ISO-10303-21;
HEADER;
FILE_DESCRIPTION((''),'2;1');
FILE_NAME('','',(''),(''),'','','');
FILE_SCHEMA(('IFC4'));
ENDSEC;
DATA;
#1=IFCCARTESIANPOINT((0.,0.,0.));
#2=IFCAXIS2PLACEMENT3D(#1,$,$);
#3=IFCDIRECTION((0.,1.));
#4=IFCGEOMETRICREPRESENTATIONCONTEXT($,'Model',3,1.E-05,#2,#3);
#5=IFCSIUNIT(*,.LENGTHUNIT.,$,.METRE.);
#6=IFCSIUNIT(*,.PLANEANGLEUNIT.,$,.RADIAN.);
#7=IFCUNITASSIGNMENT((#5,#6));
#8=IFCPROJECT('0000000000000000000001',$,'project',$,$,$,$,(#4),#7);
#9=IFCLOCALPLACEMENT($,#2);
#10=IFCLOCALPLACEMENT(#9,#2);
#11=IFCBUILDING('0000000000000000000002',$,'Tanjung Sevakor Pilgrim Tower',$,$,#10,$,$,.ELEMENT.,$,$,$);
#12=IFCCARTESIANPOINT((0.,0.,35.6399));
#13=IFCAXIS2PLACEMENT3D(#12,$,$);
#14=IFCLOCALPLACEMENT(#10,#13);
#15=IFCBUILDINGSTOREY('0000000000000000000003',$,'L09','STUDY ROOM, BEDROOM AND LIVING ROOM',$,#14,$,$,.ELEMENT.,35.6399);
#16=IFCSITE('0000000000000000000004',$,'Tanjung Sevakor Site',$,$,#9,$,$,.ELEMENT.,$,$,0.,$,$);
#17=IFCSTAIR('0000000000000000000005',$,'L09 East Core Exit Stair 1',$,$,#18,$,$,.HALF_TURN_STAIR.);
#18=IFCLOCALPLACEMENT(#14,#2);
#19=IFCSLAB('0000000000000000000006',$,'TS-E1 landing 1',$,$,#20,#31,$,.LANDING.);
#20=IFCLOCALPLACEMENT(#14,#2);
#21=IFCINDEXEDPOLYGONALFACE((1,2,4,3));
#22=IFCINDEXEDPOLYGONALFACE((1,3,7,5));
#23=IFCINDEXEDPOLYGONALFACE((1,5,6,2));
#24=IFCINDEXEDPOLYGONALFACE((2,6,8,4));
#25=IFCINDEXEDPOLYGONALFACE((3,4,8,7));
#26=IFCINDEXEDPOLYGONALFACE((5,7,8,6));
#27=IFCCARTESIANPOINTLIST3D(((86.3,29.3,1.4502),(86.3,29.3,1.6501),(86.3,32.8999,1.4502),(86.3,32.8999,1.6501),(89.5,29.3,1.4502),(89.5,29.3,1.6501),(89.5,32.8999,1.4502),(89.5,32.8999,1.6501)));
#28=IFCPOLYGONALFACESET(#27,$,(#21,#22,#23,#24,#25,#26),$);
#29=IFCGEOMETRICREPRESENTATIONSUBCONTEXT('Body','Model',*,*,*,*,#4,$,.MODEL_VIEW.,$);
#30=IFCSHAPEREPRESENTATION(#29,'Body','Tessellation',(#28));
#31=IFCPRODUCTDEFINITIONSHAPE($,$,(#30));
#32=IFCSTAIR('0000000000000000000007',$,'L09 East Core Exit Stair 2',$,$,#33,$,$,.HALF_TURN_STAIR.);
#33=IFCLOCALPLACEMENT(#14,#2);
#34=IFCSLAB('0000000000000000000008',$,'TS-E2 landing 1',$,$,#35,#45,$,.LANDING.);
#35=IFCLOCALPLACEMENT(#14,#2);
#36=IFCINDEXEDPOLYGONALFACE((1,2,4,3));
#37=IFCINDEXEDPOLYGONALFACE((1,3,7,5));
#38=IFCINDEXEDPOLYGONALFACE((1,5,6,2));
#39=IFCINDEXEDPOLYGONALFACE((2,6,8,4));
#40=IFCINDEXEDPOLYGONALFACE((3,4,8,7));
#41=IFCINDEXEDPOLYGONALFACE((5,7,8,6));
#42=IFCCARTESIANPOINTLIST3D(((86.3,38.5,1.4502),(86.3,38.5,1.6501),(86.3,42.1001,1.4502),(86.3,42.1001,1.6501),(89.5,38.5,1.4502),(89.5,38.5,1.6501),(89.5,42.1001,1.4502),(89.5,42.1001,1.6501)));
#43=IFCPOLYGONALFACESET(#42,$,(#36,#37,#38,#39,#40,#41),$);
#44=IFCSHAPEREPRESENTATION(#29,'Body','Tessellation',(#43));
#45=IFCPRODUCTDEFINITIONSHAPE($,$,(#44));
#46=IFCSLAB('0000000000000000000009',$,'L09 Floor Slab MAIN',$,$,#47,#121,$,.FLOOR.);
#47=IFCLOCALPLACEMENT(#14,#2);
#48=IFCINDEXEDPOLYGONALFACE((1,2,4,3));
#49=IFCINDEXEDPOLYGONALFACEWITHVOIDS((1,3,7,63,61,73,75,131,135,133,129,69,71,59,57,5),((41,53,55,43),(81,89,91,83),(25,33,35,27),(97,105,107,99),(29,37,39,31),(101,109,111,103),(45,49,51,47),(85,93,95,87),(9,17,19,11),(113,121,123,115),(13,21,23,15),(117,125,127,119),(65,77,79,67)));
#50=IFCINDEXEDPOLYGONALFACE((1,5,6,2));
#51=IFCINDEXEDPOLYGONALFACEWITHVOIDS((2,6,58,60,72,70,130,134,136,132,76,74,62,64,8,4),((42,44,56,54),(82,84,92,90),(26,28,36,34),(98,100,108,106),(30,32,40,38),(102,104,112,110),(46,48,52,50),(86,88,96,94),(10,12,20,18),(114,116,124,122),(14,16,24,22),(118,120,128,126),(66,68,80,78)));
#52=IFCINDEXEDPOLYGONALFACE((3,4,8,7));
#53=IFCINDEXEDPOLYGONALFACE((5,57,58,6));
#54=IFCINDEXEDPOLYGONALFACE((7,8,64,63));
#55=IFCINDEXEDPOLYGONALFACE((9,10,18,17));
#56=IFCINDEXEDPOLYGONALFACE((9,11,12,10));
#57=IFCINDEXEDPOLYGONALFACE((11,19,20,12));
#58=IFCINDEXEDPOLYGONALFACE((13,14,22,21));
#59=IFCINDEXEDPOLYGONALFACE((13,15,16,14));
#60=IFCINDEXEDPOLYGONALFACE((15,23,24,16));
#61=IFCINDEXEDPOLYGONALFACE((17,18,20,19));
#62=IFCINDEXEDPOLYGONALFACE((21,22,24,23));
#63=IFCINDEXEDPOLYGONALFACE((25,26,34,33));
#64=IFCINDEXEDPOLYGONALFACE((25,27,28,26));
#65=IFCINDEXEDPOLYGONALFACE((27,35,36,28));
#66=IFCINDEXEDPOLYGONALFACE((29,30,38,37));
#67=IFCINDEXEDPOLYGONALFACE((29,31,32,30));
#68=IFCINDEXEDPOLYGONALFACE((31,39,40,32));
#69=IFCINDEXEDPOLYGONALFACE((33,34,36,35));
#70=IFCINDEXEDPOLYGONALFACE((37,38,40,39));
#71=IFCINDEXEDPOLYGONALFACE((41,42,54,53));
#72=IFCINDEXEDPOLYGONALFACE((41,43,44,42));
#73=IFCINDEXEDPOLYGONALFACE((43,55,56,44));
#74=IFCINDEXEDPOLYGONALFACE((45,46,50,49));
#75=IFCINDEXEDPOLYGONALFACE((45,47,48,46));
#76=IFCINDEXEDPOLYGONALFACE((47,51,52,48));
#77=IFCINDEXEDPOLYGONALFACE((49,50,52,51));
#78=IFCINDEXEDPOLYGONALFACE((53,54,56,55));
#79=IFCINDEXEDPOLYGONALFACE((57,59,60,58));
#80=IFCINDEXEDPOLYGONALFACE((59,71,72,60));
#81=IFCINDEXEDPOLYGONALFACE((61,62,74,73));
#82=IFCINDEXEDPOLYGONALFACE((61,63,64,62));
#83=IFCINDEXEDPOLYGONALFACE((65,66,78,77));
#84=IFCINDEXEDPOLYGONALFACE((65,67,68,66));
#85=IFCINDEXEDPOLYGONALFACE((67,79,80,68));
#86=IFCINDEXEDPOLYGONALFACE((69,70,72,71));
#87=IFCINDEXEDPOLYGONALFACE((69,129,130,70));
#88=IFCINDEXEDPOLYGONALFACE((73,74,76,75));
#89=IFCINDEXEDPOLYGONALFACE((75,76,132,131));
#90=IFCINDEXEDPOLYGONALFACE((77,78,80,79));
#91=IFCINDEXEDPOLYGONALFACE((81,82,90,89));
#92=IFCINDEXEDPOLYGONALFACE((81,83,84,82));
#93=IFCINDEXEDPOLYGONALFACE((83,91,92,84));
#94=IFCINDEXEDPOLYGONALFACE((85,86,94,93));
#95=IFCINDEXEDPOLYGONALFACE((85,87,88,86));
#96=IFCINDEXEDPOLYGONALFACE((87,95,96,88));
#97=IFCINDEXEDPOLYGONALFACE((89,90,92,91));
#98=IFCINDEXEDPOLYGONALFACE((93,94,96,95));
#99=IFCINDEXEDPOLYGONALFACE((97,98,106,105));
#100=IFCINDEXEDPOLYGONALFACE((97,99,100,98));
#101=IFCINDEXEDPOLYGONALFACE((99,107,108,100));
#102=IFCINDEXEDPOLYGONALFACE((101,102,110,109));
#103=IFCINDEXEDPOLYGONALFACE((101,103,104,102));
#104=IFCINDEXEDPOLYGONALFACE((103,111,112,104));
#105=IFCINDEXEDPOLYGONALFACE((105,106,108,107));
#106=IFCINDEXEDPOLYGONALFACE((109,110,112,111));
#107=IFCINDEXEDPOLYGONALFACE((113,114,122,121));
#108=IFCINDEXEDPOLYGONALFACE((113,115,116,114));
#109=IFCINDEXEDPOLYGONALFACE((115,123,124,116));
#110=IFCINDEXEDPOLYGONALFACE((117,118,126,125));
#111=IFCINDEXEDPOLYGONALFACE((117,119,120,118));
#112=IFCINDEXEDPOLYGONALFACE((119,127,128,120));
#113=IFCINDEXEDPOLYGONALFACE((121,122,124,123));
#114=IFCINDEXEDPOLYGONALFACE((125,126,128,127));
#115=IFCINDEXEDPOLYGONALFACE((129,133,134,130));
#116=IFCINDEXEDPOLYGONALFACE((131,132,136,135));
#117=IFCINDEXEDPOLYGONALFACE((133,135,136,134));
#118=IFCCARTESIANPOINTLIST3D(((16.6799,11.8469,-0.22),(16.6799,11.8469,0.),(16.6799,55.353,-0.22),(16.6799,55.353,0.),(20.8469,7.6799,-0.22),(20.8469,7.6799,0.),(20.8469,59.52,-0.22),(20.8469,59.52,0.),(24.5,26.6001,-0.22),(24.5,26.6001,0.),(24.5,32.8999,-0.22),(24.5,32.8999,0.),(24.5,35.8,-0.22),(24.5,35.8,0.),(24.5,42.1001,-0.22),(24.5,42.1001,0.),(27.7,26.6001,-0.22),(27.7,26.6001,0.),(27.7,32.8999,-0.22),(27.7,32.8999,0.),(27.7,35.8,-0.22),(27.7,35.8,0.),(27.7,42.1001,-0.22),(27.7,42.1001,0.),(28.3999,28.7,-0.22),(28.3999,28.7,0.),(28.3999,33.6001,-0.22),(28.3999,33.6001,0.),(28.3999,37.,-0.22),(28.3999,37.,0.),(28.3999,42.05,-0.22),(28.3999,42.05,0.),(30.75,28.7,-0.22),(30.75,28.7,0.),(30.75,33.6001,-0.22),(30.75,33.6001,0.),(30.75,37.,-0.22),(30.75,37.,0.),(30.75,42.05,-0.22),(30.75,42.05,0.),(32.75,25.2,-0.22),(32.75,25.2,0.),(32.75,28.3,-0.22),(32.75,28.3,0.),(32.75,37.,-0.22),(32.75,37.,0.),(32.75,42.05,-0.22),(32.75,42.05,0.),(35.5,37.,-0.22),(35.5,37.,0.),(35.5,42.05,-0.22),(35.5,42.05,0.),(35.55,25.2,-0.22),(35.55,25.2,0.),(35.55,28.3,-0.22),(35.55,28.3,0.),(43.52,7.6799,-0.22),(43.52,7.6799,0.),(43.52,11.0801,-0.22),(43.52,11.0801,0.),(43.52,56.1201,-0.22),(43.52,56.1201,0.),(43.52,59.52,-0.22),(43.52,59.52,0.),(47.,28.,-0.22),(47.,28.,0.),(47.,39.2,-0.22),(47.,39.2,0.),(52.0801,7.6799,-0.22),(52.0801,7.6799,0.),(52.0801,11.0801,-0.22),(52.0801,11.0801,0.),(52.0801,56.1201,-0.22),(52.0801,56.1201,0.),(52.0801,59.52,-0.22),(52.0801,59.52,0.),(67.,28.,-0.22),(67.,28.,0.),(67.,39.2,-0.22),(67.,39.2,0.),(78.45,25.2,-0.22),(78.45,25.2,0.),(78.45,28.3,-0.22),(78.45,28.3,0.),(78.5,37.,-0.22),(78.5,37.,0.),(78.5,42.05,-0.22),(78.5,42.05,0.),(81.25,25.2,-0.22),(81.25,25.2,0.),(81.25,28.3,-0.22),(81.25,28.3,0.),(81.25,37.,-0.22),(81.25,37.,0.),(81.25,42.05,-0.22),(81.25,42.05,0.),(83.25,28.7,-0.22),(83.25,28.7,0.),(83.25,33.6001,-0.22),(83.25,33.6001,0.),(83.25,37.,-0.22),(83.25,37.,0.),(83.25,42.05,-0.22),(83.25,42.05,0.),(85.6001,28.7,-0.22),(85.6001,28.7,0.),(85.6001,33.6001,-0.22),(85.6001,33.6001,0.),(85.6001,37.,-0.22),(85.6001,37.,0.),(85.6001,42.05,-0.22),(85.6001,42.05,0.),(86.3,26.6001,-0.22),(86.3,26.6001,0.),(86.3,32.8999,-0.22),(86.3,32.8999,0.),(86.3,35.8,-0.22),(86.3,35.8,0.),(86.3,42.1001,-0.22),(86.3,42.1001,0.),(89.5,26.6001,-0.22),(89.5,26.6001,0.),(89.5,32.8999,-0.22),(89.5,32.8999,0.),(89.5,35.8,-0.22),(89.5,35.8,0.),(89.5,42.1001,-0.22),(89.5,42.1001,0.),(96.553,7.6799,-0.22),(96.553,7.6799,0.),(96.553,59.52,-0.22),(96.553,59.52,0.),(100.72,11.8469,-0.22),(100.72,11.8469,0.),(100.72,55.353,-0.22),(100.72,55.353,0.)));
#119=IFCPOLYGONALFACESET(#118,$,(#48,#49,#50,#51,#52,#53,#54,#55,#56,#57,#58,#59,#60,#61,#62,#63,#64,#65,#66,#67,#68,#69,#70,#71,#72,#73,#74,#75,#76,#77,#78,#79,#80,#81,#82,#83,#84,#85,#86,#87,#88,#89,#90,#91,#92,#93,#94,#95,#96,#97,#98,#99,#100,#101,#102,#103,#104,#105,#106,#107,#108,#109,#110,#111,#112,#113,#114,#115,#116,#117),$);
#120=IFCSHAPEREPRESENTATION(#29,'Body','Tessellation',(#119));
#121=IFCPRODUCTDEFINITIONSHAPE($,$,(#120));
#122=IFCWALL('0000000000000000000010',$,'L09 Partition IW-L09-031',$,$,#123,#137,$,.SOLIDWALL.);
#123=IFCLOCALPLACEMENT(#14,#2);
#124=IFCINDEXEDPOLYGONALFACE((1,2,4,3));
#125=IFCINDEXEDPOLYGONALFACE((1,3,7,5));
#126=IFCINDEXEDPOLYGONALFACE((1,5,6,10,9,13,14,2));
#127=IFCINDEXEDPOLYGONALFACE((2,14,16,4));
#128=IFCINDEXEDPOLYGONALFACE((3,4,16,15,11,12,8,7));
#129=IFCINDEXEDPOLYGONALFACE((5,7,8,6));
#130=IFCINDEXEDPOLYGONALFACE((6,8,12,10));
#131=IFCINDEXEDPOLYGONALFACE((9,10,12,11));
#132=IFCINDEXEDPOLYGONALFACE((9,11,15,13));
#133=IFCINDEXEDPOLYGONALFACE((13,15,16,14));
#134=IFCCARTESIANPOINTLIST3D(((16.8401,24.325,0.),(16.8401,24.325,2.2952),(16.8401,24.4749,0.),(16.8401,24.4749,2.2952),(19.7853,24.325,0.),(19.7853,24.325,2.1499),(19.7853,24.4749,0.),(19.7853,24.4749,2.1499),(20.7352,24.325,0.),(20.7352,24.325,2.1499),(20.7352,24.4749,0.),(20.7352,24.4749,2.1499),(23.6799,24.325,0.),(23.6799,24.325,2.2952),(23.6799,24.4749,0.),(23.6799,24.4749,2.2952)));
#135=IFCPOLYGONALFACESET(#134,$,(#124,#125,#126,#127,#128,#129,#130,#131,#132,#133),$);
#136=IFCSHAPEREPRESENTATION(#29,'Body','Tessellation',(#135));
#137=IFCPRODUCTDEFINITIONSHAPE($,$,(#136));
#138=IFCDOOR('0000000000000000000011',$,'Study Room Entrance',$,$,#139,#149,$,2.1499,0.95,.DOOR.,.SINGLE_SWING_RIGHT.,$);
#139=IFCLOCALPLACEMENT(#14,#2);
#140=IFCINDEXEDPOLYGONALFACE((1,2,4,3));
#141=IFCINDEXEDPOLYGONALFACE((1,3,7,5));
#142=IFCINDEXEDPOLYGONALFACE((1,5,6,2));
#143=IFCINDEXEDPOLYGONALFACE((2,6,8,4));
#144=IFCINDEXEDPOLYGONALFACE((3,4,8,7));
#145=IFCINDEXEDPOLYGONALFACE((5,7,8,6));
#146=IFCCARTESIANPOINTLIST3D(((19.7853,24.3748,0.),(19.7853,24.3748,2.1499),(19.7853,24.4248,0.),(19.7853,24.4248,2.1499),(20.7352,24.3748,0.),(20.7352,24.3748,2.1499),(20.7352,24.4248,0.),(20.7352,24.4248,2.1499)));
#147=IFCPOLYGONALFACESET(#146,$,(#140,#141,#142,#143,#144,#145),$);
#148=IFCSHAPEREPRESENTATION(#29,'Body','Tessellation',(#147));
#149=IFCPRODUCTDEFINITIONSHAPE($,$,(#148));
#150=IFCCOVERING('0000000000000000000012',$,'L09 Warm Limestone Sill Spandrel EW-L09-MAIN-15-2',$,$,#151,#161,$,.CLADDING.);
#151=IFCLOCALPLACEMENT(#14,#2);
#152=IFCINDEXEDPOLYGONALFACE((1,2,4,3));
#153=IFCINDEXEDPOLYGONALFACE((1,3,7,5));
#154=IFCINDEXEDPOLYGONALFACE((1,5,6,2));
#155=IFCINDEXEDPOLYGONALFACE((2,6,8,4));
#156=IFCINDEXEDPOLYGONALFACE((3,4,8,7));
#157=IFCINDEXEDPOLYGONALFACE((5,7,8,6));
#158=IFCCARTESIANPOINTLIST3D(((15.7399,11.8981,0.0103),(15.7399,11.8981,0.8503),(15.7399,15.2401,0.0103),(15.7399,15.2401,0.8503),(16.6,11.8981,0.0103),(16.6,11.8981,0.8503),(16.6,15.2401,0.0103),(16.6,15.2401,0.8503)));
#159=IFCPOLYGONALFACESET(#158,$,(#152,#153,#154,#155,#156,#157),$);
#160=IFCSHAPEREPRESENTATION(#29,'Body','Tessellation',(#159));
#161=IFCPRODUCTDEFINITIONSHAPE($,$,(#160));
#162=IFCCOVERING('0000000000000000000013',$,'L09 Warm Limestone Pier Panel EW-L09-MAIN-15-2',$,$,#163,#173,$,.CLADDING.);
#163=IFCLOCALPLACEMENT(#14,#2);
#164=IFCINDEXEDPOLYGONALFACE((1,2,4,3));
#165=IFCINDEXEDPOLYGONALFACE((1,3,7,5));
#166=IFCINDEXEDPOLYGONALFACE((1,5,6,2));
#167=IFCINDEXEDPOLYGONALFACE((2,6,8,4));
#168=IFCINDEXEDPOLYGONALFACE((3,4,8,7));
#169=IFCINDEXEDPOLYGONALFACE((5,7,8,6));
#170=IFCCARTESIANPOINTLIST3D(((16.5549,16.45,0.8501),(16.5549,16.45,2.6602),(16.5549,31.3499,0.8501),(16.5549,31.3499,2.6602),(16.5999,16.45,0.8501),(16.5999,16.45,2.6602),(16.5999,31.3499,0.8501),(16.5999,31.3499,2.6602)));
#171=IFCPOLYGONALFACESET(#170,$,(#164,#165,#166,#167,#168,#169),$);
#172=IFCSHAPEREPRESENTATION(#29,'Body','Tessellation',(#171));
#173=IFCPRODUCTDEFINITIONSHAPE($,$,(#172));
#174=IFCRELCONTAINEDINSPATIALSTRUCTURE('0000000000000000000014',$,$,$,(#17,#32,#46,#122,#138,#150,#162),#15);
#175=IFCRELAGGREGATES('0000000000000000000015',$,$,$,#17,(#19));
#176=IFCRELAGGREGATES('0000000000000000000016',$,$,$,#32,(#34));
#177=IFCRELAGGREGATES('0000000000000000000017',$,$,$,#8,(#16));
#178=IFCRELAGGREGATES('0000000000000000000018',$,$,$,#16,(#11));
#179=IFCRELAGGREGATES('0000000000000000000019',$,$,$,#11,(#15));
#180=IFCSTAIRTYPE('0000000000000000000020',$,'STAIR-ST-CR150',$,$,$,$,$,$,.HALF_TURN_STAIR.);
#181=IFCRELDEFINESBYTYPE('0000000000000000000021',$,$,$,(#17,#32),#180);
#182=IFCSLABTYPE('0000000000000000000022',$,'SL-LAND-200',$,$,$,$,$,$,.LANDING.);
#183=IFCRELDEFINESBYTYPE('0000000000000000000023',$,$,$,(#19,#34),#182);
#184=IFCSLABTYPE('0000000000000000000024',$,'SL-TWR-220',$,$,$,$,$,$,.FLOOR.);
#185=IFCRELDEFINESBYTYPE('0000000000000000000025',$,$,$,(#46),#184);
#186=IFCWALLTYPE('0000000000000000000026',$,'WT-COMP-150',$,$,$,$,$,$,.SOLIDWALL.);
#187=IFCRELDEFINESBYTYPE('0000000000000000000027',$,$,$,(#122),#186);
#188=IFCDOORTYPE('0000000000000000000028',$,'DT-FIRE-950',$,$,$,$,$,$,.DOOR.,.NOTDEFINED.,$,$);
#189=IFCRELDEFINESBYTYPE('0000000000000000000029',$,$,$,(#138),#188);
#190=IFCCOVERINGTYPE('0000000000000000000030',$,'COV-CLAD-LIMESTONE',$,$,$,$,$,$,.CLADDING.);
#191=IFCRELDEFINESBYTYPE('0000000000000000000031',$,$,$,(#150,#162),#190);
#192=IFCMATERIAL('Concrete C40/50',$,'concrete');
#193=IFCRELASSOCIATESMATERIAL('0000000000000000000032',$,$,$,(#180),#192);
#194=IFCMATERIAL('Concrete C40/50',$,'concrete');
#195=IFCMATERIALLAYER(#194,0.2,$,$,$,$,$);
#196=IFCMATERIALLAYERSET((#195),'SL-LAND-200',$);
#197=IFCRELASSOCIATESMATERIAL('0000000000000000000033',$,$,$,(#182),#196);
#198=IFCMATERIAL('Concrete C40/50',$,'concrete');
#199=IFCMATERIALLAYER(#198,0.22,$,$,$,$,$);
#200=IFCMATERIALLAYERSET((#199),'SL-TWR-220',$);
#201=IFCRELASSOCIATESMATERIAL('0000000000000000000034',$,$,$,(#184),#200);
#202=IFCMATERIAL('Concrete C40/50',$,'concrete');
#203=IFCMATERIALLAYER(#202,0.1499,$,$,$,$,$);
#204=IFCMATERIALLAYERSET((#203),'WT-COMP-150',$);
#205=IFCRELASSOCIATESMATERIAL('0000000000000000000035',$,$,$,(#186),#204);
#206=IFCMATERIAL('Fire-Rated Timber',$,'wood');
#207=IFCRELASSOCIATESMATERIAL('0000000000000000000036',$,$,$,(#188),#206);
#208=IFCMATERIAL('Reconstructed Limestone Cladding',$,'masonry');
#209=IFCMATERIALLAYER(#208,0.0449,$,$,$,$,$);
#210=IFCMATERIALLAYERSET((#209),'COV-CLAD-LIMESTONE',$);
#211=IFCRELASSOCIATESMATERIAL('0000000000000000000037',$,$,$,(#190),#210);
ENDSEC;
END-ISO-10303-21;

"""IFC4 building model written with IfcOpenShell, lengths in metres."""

from ifc_helpers import new_model, si_unit, direction, frame, frame_2d, origin, origin_2d, place, context, subcontext, project, spatial, polyline, rectangle, outline, extrude, material, layer, layer_set, type_object, element, fill, aggregate, save


model = new_model("IFC4")

# Units and contexts
model_context = context("Model", 3, precision=1e-05, world=origin(), true_north=direction((0.0, 1.0)))
body_context = subcontext(model_context, "Body", "Model", "MODEL_VIEW")
ifc_project = project(units=[si_unit("LENGTHUNIT", "METRE"), si_unit("PLANEANGLEUNIT", "RADIAN")], contexts=[model_context])

# Site, building, storey
site_placement = place(None, origin())
site = spatial("IfcSite", under=ifc_project, at=site_placement, Name="Tanjung Sevakor Site", CompositionType="ELEMENT", RefElevation=0.0)
building_placement = place(site_placement, origin())
building = spatial("IfcBuilding", under=site, at=building_placement, Name="Tanjung Sevakor Pilgrim Tower", CompositionType="ELEMENT")
storey_placement = place(building_placement, frame((0.0, 0.0, 35.6399)))
storey = spatial("IfcBuildingStorey", under=building, at=storey_placement, Name="L09", Description="STUDY ROOM, BEDROOM AND LIVING ROOM", CompositionType="ELEMENT", Elevation=35.6399)

# Stairs, slabs
ifc_material_1 = material(Name="Concrete C40/50", Category="concrete")
stair_type = type_object("IfcStairType", Name="STAIR-ST-CR150", PredefinedType="HALF_TURN_STAIR", material=ifc_material_1)
ifc_material_2 = material(Name="Concrete C40/50", Category="concrete")
ifc_layer_1 = layer(ifc_material_2, 0.2)
ifc_layer_set_1 = layer_set([ifc_layer_1], Name="SL-LAND-200")
slab_type_1 = type_object("IfcSlabType", Name="SL-LAND-200", PredefinedType="LANDING", material=ifc_layer_set_1)
stair_1_placement = place(storey_placement, origin())
stair_1 = element("IfcStair", 1, at=stair_1_placement, inside=storey, type_object=stair_type, Name="L09 East Core Exit Stair 1", PredefinedType="HALF_TURN_STAIR")
slab_1_placement = place(storey_placement, frame((0.0, 0.0, 1.4502)))
slab_1 = element("IfcSlab", 2, at=slab_1_placement, type_object=slab_type_1, Name="TS-E1 landing 1", PredefinedType="LANDING", context=body_context, shape_type="SweptSolid", body=[
    extrude(outline(polyline([(89.5, 29.3), (89.5, 32.8999), (86.3, 32.8999), (86.3, 29.3), (89.5, 29.3)])), origin(), (0.0, 0.0, 1.0), 0.2),
])
aggregate(stair_1, [slab_1])
stair_2_placement = place(storey_placement, origin())
stair_2 = element("IfcStair", 3, at=stair_2_placement, inside=storey, type_object=stair_type, Name="L09 East Core Exit Stair 2", PredefinedType="HALF_TURN_STAIR")
slab_2_placement = place(storey_placement, frame((0.0, 0.0, 1.4502)))
slab_2 = element("IfcSlab", 4, at=slab_2_placement, type_object=slab_type_1, Name="TS-E2 landing 1", PredefinedType="LANDING", context=body_context, shape_type="SweptSolid", body=[
    extrude(outline(polyline([(89.5, 38.5), (89.5, 42.1001), (86.3, 42.1001), (86.3, 38.5), (89.5, 38.5)])), origin(), (0.0, 0.0, 1.0), 0.2),
])
aggregate(stair_2, [slab_2])

# Slab
ifc_material_3 = material(Name="Concrete C40/50", Category="concrete")
ifc_layer_2 = layer(ifc_material_3, 0.22)
ifc_layer_set_2 = layer_set([ifc_layer_2], Name="SL-TWR-220")
slab_type_2 = type_object("IfcSlabType", Name="SL-TWR-220", PredefinedType="FLOOR", material=ifc_layer_set_2)
slab_3_placement = place(storey_placement, frame((0.0, 0.0, -0.22)))
element("IfcSlab", 5, at=slab_3_placement, inside=storey, type_object=slab_type_2, Name="L09 Floor Slab MAIN", PredefinedType="FLOOR", context=body_context, shape_type="SweptSolid", body=[
    extrude(outline(polyline([(20.8469, 7.6799), (43.52, 7.6799), (43.52, 11.0801), (52.0801, 11.0801), (52.0801, 7.6799), (96.553, 7.6799), (100.72, 11.8469), (100.72, 55.353), (96.553, 59.52), (52.0801, 59.52), (52.0801, 56.1201), (43.52, 56.1201), (43.52, 59.52), (20.8469, 59.52), (16.6799, 55.353), (16.6799, 11.8469), (20.8469, 7.6799)]), holes=[polyline([(27.7, 26.6001), (27.7, 32.8999), (24.5, 32.8999), (24.5, 26.6001), (27.7, 26.6001)]), polyline([(27.7, 35.8), (27.7, 42.1001), (24.5, 42.1001), (24.5, 35.8), (27.7, 35.8)]), polyline([(89.5, 26.6001), (89.5, 32.8999), (86.3, 32.8999), (86.3, 26.6001), (89.5, 26.6001)]), polyline([(89.5, 35.8), (89.5, 42.1001), (86.3, 42.1001), (86.3, 35.8), (89.5, 35.8)]), polyline([(32.75, 25.2), (35.55, 25.2), (35.55, 28.3), (32.75, 28.3), (32.75, 25.2)]), polyline([(28.3999, 28.7), (30.75, 28.7), (30.75, 33.6001), (28.3999, 33.6001), (28.3999, 28.7)]), polyline([(28.3999, 37.0), (30.75, 37.0), (30.75, 42.05), (28.3999, 42.05), (28.3999, 37.0)]), polyline([(32.75, 37.0), (35.5, 37.0), (35.5, 42.05), (32.75, 42.05), (32.75, 37.0)]), polyline([(78.45, 25.2), (81.25, 25.2), (81.25, 28.3), (78.45, 28.3), (78.45, 25.2)]), polyline([(83.25, 28.7), (85.6001, 28.7), (85.6001, 33.6001), (83.25, 33.6001), (83.25, 28.7)]), polyline([(83.25, 37.0), (85.6001, 37.0), (85.6001, 42.05), (83.25, 42.05), (83.25, 37.0)]), polyline([(78.5, 37.0), (81.25, 37.0), (81.25, 42.05), (78.5, 42.05), (78.5, 37.0)]), polyline([(47.0, 28.0), (67.0, 28.0), (67.0, 39.2), (47.0, 39.2), (47.0, 28.0)])]), origin(), (0.0, 0.0, 1.0), 0.22),
])

# Wall, opening, door
ifc_material_4 = material(Name="Concrete C40/50", Category="concrete")
ifc_layer_3 = layer(ifc_material_4, 0.1499)
ifc_layer_set_3 = layer_set([ifc_layer_3], Name="WT-COMP-150")
wall_type = type_object("IfcWallType", Name="WT-COMP-150", PredefinedType="SOLIDWALL", material=ifc_layer_set_3)
wall_placement = place(storey_placement, frame((16.8401, 24.3999, 0.0), z_axis=(0.0, 0.0, 1.0), x_axis=(1.0, 0.0, 0.0)))
wall = element("IfcWall", 6, at=wall_placement, inside=storey, type_object=wall_type, Name="L09 Partition IW-L09-031", PredefinedType="SOLIDWALL", context=body_context, shape_type="SweptSolid", body=[
    extrude(rectangle(XDim=6.8398, YDim=0.1499, at=frame_2d((3.4199, 0.0))), origin(), (0.0, 0.0, 1.0), 2.2952),
])
opening_placement = place(wall_placement, frame((2.9451, 0.0, 0.0)))
opening = element("IfcOpeningElement", 7, at=opening_placement, cuts=wall, PredefinedType="OPENING", context=body_context, shape_type="SweptSolid", body=[
    extrude(rectangle(XDim=0.95, YDim=2.1499, at=frame_2d((0.4751, 1.075))), frame((0.0, 0.085, 0.0), z_axis=(0.0, -1.0, 0.0), x_axis=(1.0, 0.0, 0.0)), (0.0, 0.0, 1.0), 0.1699),
])
ifc_material_5 = material(Name="Fire-Rated Timber", Category="wood")
door_type = type_object("IfcDoorType", Name="DT-FIRE-950", OperationType="NOTDEFINED", PredefinedType="DOOR", material=ifc_material_5)
door_placement = place(opening_placement, origin())
door = element("IfcDoor", 8, at=door_placement, inside=storey, type_object=door_type, Name="Study Room Entrance", OperationType="SINGLE_SWING_RIGHT", OverallHeight=2.1499, OverallWidth=0.95, PredefinedType="DOOR", context=body_context, shape_type="SweptSolid", body=[
    extrude(rectangle(XDim=0.95, YDim=2.1499, at=frame_2d((0.4751, 1.075))), frame((0.0, 0.0249, 0.0), z_axis=(0.0, -1.0, 0.0), x_axis=(1.0, 0.0, 0.0)), (0.0, 0.0, 1.0), 0.05),
])
fill(opening, door)

# Coverings
ifc_material_6 = material(Name="Reconstructed Limestone Cladding", Category="masonry")
ifc_layer_4 = layer(ifc_material_6, 0.0449)
ifc_layer_set_4 = layer_set([ifc_layer_4], Name="COV-CLAD-LIMESTONE")
covering_type_1 = type_object("IfcCoveringType", Name="COV-CLAD-LIMESTONE", PredefinedType="CLADDING", material=ifc_layer_set_4)
covering_1_placement = place(storey_placement, frame((16.1699, 13.5691, 0.0103), z_axis=(0.0, 0.0, 1.0), x_axis=(0.0, -1.0, 0.0)))
element("IfcCovering", 9, at=covering_1_placement, inside=storey, type_object=covering_type_1, Name="L09 Warm Limestone Sill Spandrel EW-L09-MAIN-15-2", PredefinedType="CLADDING", context=body_context, shape_type="SweptSolid", body=[
    extrude(rectangle(XDim=3.342, YDim=0.8601, at=origin_2d()), origin(), (0.0, 0.0, 1.0), 0.8401),
])
covering_2_placement = place(storey_placement, frame((16.5774, 23.8999, 0.8501), z_axis=(0.0, 0.0, 1.0), x_axis=(0.0, -1.0, 0.0)))
element("IfcCovering", 10, at=covering_2_placement, inside=storey, type_object=covering_type_1, Name="L09 Warm Limestone Pier Panel EW-L09-MAIN-15-2", PredefinedType="CLADDING", context=body_context, shape_type="SweptSolid", body=[
    extrude(rectangle(XDim=14.8999, YDim=0.0449, at=origin_2d()), origin(), (0.0, 0.0, 1.0), 1.8101),
])

save(model, "model.ifc")
